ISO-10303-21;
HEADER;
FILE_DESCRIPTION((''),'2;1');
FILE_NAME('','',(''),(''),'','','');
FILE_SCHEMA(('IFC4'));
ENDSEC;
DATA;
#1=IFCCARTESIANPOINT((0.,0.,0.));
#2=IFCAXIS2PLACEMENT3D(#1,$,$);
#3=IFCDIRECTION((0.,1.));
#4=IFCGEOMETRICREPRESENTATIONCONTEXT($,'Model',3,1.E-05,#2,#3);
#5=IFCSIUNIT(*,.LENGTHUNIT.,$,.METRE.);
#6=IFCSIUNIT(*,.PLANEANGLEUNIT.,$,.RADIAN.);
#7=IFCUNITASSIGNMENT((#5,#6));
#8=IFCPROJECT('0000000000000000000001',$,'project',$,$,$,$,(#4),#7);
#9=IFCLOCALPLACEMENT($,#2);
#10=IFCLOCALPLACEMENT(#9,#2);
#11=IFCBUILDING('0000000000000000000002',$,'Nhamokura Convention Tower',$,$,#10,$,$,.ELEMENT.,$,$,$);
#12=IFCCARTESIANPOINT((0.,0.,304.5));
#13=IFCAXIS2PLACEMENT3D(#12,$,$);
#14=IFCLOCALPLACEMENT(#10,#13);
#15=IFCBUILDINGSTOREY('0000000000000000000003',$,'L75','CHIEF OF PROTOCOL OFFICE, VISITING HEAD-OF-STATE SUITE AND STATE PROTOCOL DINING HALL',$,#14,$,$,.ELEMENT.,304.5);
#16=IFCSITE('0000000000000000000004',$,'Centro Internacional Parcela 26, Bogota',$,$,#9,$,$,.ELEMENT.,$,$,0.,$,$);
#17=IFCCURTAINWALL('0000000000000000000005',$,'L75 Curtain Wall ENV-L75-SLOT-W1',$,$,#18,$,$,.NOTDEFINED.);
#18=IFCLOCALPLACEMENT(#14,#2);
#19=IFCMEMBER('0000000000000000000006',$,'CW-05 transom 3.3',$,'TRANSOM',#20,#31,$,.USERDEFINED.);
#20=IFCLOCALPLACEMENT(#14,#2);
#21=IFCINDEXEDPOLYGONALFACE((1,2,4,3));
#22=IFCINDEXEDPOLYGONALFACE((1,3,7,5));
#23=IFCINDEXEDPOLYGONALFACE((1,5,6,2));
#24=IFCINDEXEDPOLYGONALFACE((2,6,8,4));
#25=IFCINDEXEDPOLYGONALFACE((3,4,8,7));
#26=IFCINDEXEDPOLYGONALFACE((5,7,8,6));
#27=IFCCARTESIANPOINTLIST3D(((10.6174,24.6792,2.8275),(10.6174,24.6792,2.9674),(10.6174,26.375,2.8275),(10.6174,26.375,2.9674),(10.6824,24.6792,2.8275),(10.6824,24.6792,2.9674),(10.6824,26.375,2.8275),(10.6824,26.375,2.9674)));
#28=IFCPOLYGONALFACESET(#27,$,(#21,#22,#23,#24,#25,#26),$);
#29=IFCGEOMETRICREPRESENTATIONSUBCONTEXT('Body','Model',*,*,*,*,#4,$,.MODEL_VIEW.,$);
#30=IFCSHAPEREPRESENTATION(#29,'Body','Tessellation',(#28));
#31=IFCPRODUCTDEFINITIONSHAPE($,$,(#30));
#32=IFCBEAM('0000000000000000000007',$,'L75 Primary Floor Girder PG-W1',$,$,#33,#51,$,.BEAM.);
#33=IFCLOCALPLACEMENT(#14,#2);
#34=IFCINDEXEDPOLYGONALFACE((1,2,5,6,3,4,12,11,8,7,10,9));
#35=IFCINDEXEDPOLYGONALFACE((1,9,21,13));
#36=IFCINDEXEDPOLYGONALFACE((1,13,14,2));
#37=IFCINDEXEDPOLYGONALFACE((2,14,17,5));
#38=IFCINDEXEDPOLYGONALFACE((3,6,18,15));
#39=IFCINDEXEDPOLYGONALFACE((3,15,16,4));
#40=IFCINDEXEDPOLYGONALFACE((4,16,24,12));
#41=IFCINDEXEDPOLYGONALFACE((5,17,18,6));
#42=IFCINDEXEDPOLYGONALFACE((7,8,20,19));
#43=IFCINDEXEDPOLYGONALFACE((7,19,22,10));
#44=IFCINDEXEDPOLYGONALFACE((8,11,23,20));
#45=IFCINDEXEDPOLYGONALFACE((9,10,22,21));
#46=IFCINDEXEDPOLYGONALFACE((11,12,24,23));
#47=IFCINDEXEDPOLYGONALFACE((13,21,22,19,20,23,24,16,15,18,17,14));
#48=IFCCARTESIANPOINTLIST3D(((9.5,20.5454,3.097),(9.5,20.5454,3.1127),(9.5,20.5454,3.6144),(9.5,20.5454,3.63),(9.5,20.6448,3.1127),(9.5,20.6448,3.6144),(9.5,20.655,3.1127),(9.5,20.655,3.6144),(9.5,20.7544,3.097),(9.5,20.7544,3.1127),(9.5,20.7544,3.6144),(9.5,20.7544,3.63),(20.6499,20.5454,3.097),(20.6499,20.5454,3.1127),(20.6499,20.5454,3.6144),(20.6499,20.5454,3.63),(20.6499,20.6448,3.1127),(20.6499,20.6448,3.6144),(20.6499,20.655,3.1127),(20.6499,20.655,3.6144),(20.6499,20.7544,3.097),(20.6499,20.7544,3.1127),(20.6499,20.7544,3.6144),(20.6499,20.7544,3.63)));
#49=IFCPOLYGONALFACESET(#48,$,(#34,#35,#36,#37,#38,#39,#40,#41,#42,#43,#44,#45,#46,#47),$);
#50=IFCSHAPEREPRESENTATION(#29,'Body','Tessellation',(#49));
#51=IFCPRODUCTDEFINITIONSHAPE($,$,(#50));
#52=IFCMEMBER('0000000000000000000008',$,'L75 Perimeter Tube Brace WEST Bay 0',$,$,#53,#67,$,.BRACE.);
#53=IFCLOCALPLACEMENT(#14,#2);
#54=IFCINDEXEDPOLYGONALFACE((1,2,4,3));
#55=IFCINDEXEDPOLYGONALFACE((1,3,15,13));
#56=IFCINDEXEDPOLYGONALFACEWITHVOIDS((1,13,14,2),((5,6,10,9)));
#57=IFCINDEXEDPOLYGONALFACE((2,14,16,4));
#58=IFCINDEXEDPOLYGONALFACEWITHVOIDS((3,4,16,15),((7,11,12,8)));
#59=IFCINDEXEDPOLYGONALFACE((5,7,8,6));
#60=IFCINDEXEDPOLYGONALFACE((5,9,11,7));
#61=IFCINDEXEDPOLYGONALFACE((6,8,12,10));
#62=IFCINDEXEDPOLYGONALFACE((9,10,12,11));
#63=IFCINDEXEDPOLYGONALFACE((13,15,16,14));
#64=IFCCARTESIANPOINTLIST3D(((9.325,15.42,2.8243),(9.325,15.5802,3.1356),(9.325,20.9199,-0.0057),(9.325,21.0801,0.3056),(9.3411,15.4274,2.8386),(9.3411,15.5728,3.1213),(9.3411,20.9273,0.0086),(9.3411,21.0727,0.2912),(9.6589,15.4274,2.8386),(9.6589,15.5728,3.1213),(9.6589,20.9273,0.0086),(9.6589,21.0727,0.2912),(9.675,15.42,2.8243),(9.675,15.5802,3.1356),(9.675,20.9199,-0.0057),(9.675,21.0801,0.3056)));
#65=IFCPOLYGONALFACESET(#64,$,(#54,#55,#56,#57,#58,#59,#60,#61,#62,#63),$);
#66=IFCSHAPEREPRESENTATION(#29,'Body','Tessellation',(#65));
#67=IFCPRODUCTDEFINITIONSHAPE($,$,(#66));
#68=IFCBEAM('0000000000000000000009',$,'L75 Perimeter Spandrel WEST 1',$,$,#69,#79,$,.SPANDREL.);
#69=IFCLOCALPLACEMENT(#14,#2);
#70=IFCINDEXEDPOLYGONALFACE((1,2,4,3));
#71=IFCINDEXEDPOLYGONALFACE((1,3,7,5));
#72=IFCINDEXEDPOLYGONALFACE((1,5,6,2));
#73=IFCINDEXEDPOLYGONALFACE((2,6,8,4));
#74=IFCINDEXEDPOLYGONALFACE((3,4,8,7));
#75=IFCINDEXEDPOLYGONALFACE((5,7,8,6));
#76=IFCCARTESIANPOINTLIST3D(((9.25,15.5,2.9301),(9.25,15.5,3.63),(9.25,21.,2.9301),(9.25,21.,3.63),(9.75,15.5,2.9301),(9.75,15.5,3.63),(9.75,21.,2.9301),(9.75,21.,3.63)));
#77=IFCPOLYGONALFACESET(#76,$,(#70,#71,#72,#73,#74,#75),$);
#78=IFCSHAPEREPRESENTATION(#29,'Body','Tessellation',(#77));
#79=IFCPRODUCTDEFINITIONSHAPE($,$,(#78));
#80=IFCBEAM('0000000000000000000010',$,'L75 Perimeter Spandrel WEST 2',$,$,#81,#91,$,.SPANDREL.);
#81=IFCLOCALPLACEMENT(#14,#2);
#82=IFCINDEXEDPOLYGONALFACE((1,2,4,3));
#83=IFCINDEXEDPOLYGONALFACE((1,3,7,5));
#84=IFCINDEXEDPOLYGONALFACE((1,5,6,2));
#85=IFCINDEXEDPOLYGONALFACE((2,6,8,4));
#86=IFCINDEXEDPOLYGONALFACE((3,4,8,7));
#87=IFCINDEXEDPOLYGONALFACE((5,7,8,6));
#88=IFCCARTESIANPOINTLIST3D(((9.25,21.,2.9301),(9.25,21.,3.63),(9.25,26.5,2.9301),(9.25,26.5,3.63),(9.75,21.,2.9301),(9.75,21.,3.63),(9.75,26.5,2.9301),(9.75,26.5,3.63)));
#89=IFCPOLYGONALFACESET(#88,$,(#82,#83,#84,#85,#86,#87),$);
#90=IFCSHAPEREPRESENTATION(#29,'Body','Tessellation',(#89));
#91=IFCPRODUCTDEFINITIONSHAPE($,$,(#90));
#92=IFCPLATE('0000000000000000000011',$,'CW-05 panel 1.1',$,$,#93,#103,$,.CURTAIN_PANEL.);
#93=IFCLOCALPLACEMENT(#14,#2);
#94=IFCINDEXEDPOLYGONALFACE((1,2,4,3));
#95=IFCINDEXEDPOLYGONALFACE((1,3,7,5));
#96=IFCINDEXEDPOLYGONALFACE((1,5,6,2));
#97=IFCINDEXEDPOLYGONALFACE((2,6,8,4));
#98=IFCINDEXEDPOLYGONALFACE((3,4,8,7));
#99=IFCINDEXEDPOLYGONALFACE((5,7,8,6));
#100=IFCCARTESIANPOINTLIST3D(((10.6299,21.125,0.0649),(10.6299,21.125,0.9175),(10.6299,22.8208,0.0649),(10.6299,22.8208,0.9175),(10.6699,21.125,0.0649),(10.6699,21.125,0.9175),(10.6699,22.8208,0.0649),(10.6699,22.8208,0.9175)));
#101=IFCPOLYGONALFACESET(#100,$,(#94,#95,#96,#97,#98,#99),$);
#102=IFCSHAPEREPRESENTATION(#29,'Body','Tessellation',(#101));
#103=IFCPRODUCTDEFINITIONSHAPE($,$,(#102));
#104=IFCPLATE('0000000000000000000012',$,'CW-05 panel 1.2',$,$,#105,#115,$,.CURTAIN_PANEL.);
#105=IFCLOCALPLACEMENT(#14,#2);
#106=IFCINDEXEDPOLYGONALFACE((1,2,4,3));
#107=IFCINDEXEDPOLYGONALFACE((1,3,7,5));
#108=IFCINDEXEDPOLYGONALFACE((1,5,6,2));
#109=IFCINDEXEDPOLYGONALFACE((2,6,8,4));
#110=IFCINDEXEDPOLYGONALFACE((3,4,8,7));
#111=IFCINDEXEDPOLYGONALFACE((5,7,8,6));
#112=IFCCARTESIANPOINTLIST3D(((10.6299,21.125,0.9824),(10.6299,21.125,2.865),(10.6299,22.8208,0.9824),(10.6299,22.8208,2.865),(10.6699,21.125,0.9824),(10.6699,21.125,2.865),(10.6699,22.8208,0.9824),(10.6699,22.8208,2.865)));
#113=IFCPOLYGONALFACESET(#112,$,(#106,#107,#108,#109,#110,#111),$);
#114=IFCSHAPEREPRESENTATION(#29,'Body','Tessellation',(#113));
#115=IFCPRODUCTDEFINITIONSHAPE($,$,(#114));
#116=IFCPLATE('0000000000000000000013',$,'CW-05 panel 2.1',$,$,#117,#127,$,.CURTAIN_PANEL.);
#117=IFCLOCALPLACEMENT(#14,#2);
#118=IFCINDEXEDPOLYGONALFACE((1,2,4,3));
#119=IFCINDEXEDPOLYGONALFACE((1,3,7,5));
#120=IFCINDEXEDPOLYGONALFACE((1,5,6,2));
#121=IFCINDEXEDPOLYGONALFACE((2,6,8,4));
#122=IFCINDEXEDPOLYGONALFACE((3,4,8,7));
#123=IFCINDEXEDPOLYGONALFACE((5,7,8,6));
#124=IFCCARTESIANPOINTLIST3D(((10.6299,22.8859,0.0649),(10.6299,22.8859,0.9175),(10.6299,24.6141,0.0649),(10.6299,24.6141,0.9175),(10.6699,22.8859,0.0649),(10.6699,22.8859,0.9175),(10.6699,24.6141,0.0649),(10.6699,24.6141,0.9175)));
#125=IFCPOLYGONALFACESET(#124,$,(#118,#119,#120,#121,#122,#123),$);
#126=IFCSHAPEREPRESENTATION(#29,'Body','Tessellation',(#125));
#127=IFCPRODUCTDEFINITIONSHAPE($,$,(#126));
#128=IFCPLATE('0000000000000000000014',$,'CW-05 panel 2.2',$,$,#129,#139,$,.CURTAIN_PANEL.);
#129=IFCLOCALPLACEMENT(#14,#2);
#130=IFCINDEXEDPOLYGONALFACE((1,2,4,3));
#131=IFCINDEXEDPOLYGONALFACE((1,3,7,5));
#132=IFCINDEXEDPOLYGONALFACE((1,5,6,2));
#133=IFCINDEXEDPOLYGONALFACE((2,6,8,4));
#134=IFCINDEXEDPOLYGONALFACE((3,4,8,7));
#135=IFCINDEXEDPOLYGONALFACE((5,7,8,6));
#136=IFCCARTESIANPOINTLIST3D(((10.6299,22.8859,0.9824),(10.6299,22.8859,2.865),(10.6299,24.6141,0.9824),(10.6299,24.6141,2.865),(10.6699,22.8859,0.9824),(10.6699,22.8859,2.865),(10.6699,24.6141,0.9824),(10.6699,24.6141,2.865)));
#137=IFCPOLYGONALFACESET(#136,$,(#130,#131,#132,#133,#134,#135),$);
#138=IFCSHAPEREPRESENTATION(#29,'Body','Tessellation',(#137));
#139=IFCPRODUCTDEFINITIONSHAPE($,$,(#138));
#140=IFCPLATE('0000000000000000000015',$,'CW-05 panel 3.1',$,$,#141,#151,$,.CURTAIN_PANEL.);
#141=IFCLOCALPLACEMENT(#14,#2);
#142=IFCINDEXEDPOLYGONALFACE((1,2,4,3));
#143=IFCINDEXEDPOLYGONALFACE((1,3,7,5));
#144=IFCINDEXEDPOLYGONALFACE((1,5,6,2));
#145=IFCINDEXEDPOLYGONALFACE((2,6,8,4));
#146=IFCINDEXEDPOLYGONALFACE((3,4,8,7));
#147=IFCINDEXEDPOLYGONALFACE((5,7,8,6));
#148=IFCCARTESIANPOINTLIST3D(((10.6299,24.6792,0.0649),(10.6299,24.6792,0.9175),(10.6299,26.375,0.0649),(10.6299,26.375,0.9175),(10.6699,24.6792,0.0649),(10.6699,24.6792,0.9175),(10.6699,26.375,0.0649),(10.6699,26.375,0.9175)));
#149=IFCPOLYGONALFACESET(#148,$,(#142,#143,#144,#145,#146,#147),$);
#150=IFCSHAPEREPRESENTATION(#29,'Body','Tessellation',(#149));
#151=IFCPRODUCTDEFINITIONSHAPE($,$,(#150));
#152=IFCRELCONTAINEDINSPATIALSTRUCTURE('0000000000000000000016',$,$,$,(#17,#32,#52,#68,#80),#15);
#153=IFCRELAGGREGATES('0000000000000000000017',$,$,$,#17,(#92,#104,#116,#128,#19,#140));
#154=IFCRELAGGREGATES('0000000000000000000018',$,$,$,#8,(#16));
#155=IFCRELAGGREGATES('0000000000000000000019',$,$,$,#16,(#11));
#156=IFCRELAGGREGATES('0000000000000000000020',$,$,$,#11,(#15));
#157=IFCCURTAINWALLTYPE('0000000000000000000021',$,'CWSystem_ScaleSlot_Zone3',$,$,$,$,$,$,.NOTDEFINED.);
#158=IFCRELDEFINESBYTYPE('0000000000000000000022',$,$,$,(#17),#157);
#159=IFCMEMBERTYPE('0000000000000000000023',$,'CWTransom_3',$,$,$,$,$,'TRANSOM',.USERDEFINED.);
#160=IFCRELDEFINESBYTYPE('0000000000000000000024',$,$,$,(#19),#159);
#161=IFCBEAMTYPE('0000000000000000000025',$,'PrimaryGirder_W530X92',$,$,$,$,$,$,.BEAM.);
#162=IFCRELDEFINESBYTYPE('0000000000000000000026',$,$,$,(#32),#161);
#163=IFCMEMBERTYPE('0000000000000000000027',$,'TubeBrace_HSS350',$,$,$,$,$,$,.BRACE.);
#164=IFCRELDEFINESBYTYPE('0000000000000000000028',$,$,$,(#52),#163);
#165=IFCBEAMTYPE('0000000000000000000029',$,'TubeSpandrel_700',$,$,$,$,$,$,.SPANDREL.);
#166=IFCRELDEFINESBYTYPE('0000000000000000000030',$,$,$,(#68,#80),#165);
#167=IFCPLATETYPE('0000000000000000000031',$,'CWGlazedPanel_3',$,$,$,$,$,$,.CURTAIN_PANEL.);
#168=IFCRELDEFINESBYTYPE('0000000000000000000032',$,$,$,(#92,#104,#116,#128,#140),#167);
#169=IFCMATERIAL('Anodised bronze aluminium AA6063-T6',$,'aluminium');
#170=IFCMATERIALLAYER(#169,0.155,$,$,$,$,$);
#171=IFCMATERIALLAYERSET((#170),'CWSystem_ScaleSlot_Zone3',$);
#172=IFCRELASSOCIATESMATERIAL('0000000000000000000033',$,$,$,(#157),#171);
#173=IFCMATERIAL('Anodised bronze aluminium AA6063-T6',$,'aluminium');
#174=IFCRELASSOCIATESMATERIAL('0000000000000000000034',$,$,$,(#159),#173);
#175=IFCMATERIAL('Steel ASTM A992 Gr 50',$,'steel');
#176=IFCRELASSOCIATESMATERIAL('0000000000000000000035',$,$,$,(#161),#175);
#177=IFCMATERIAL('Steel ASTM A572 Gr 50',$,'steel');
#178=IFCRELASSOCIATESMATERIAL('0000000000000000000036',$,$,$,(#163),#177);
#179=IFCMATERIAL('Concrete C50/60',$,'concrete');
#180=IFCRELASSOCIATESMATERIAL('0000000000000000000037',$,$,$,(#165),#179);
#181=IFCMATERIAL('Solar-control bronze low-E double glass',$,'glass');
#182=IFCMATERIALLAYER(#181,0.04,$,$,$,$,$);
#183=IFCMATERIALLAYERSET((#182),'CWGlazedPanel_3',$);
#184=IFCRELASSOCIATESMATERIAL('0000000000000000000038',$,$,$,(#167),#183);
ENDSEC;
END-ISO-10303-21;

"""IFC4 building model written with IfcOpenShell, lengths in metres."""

from ifc_helpers import new_model, si_unit, direction, frame, origin, origin_2d, place, context, subcontext, project, spatial, rectangle, hollow_rectangle, i_section, extrude, material, layer, layer_set, material_profile, profile_set, type_object, element, aggregate, save


model = new_model("IFC4")

# Units and contexts
model_context = context("Model", 3, precision=1e-05, world=origin(), true_north=direction((0.0, 1.0)))
body_context = subcontext(model_context, "Body", "Model", "MODEL_VIEW")
ifc_project = project(units=[si_unit("LENGTHUNIT", "METRE"), si_unit("PLANEANGLEUNIT", "RADIAN")], contexts=[model_context])

# Site, building, storey
site_placement = place(None, origin())
site = spatial("IfcSite", under=ifc_project, at=site_placement, Name="Centro Internacional Parcela 26, Bogota", CompositionType="ELEMENT", RefElevation=0.0)
building_placement = place(site_placement, origin())
building = spatial("IfcBuilding", under=site, at=building_placement, Name="Nhamokura Convention Tower", CompositionType="ELEMENT")
storey_placement = place(building_placement, frame((0.0, 0.0, 304.5)))
storey = spatial("IfcBuildingStorey", under=building, at=storey_placement, Name="L75", Description="CHIEF OF PROTOCOL OFFICE, VISITING HEAD-OF-STATE SUITE AND STATE PROTOCOL DINING HALL", CompositionType="ELEMENT", Elevation=304.5)

# Curtain wall, member
ifc_material_1 = material(Name="Anodised bronze aluminium AA6063-T6", Category="aluminium")
ifc_layer_1 = layer(ifc_material_1, 0.155)
ifc_layer_set_1 = layer_set([ifc_layer_1], Name="CWSystem_ScaleSlot_Zone3")
curtain_wall_type = type_object("IfcCurtainWallType", Name="CWSystem_ScaleSlot_Zone3", PredefinedType="NOTDEFINED", material=ifc_layer_set_1)
curtain_wall_placement = place(storey_placement, origin())
curtain_wall = element("IfcCurtainWall", 1, at=curtain_wall_placement, inside=storey, type_object=curtain_wall_type, Name="L75 Curtain Wall ENV-L75-SLOT-W1", PredefinedType="NOTDEFINED")
ifc_material_2 = material(Name="Anodised bronze aluminium AA6063-T6", Category="aluminium")
ifc_material_profile_1 = material_profile(ifc_material_2, rectangle(XDim=0.0649, YDim=0.1399, at=origin_2d()))
ifc_profile_set_1 = profile_set([ifc_material_profile_1], Name="Anodised bronze aluminium AA6063-T6")
member_type_1 = type_object("IfcMemberType", Name="CWTransom_3", ElementType="TRANSOM", PredefinedType="USERDEFINED", material=ifc_profile_set_1)
member_1_placement = place(storey_placement, frame((10.6499, 24.6792, 2.8975), z_axis=(0.0, 1.0, 0.0), x_axis=(-1.0, 0.0, 0.0)))
member_1 = element("IfcMember", 2, at=member_1_placement, type_object=member_type_1, Name="CW-05 transom 3.3", ObjectType="TRANSOM", PredefinedType="USERDEFINED", context=body_context, shape_type="SweptSolid", body=[
    extrude(rectangle(XDim=0.0649, YDim=0.1399, at=origin_2d()), origin(), (0.0, 0.0, 1.0), 1.6958),
])

# Beam
ifc_material_3 = material(Name="Steel ASTM A992 Gr 50", Category="steel")
ifc_material_profile_2 = material_profile(ifc_material_3, i_section(OverallWidth=0.209, OverallDepth=0.533, WebThickness=0.0103, FlangeThickness=0.0156, at=origin_2d()))
ifc_profile_set_2 = profile_set([ifc_material_profile_2], Name="Steel ASTM A992 Gr 50")
beam_type_1 = type_object("IfcBeamType", Name="PrimaryGirder_W530X92", PredefinedType="BEAM", material=ifc_profile_set_2)
beam_placement = place(storey_placement, frame((9.5, 20.6499, 3.3635), z_axis=(1.0, 0.0, 0.0), x_axis=(0.0, 1.0, 0.0)))
element("IfcBeam", 3, at=beam_placement, inside=storey, type_object=beam_type_1, Name="L75 Primary Floor Girder PG-W1", PredefinedType="BEAM", context=body_context, shape_type="SweptSolid", body=[
    extrude(i_section(OverallWidth=0.209, OverallDepth=0.533, WebThickness=0.0103, FlangeThickness=0.0156, at=origin_2d()), origin(), (0.0, 0.0, 1.0), 11.1499),
])

# Member
ifc_material_4 = material(Name="Steel ASTM A572 Gr 50", Category="steel")
ifc_material_profile_3 = material_profile(ifc_material_4, hollow_rectangle(XDim=0.3501, YDim=0.3501, WallThickness=0.0161, at=origin_2d()))
ifc_profile_set_3 = profile_set([ifc_material_profile_3], Name="Steel ASTM A572 Gr 50")
member_type_2 = type_object("IfcMemberType", Name="TubeBrace_HSS350", PredefinedType="BRACE", material=ifc_profile_set_3)
member_2_placement = place(storey_placement, frame((9.5, 21.0, 0.1499), z_axis=(0.0, -0.889189, 0.457541), x_axis=(1.0, 0.0, 0.0)))
element("IfcMember", 4, at=member_2_placement, inside=storey, type_object=member_type_2, Name="L75 Perimeter Tube Brace WEST Bay 0", PredefinedType="BRACE", context=body_context, shape_type="SweptSolid", body=[
    extrude(hollow_rectangle(XDim=0.3501, YDim=0.3501, WallThickness=0.0161, at=origin_2d()), origin(), (0.0, 0.0, 1.0), 6.1853),
])

# Beams
ifc_material_5 = material(Name="Concrete C50/60", Category="concrete")
ifc_material_profile_4 = material_profile(ifc_material_5, rectangle(XDim=0.5, YDim=0.7, at=origin_2d()))
ifc_profile_set_4 = profile_set([ifc_material_profile_4], Name="Concrete C50/60")
beam_type_2 = type_object("IfcBeamType", Name="TubeSpandrel_700", PredefinedType="SPANDREL", material=ifc_profile_set_4)
for number, where, z_axis, x_axis, name in (
    (5, (9.5, 15.5, 3.28), (0.0, 1.0, 0.0), (-1.0, 0.0, 0.0), "L75 Perimeter Spandrel WEST 1"),
    (6, (9.5, 21.0, 3.28), (0.0, 1.0, 0.0), (-1.0, 0.0, 0.0), "L75 Perimeter Spandrel WEST 2"),
):
    element("IfcBeam", number, at=place(storey_placement, frame(where, z_axis=z_axis, x_axis=x_axis)), inside=storey, type_object=beam_type_2, Name=name, PredefinedType="SPANDREL", context=body_context, shape_type="SweptSolid", body=[
        extrude(rectangle(XDim=0.5, YDim=0.7, at=origin_2d()), origin(), (0.0, 0.0, 1.0), 5.5),
    ])

# Plates
ifc_material_6 = material(Name="Solar-control bronze low-E double glass", Category="glass")
ifc_layer_2 = layer(ifc_material_6, 0.04)
ifc_layer_set_2 = layer_set([ifc_layer_2], Name="CWGlazedPanel_3")
plate_type = type_object("IfcPlateType", Name="CWGlazedPanel_3", PredefinedType="CURTAIN_PANEL", material=ifc_layer_set_2)
plate_1_placement = place(storey_placement, frame((10.6499, 21.9729, 0.0649), z_axis=(0.0, 0.0, 1.0), x_axis=(0.0, 1.0, 0.0)))
plate_1 = element("IfcPlate", 7, at=plate_1_placement, type_object=plate_type, Name="CW-05 panel 1.1", PredefinedType="CURTAIN_PANEL", context=body_context, shape_type="SweptSolid", body=[
    extrude(rectangle(XDim=1.6958, YDim=0.04, at=origin_2d()), origin(), (0.0, 0.0, 1.0), 0.8525),
])
plate_2_placement = place(storey_placement, frame((10.6499, 21.9729, 0.9824), z_axis=(0.0, 0.0, 1.0), x_axis=(0.0, 1.0, 0.0)))
plate_2 = element("IfcPlate", 8, at=plate_2_placement, type_object=plate_type, Name="CW-05 panel 1.2", PredefinedType="CURTAIN_PANEL", context=body_context, shape_type="SweptSolid", body=[
    extrude(rectangle(XDim=1.6958, YDim=0.04, at=origin_2d()), origin(), (0.0, 0.0, 1.0), 1.8826),
])
plate_3_placement = place(storey_placement, frame((10.6499, 23.75, 0.0649), z_axis=(0.0, 0.0, 1.0), x_axis=(0.0, 1.0, 0.0)))
plate_3 = element("IfcPlate", 9, at=plate_3_placement, type_object=plate_type, Name="CW-05 panel 2.1", PredefinedType="CURTAIN_PANEL", context=body_context, shape_type="SweptSolid", body=[
    extrude(rectangle(XDim=1.7283, YDim=0.04, at=origin_2d()), origin(), (0.0, 0.0, 1.0), 0.8525),
])
plate_4_placement = place(storey_placement, frame((10.6499, 23.75, 0.9824), z_axis=(0.0, 0.0, 1.0), x_axis=(0.0, 1.0, 0.0)))
plate_4 = element("IfcPlate", 10, at=plate_4_placement, type_object=plate_type, Name="CW-05 panel 2.2", PredefinedType="CURTAIN_PANEL", context=body_context, shape_type="SweptSolid", body=[
    extrude(rectangle(XDim=1.7283, YDim=0.04, at=origin_2d()), origin(), (0.0, 0.0, 1.0), 1.8826),
])
plate_5_placement = place(storey_placement, frame((10.6499, 25.5271, 0.0649), z_axis=(0.0, 0.0, 1.0), x_axis=(0.0, 1.0, 0.0)))
plate_5 = element("IfcPlate", 11, at=plate_5_placement, type_object=plate_type, Name="CW-05 panel 3.1", PredefinedType="CURTAIN_PANEL", context=body_context, shape_type="SweptSolid", body=[
    extrude(rectangle(XDim=1.6958, YDim=0.04, at=origin_2d()), origin(), (0.0, 0.0, 1.0), 0.8525),
])
aggregate(curtain_wall, [plate_1, plate_2, plate_3, plate_4, member_1, plate_5])

save(model, "model.ifc")
